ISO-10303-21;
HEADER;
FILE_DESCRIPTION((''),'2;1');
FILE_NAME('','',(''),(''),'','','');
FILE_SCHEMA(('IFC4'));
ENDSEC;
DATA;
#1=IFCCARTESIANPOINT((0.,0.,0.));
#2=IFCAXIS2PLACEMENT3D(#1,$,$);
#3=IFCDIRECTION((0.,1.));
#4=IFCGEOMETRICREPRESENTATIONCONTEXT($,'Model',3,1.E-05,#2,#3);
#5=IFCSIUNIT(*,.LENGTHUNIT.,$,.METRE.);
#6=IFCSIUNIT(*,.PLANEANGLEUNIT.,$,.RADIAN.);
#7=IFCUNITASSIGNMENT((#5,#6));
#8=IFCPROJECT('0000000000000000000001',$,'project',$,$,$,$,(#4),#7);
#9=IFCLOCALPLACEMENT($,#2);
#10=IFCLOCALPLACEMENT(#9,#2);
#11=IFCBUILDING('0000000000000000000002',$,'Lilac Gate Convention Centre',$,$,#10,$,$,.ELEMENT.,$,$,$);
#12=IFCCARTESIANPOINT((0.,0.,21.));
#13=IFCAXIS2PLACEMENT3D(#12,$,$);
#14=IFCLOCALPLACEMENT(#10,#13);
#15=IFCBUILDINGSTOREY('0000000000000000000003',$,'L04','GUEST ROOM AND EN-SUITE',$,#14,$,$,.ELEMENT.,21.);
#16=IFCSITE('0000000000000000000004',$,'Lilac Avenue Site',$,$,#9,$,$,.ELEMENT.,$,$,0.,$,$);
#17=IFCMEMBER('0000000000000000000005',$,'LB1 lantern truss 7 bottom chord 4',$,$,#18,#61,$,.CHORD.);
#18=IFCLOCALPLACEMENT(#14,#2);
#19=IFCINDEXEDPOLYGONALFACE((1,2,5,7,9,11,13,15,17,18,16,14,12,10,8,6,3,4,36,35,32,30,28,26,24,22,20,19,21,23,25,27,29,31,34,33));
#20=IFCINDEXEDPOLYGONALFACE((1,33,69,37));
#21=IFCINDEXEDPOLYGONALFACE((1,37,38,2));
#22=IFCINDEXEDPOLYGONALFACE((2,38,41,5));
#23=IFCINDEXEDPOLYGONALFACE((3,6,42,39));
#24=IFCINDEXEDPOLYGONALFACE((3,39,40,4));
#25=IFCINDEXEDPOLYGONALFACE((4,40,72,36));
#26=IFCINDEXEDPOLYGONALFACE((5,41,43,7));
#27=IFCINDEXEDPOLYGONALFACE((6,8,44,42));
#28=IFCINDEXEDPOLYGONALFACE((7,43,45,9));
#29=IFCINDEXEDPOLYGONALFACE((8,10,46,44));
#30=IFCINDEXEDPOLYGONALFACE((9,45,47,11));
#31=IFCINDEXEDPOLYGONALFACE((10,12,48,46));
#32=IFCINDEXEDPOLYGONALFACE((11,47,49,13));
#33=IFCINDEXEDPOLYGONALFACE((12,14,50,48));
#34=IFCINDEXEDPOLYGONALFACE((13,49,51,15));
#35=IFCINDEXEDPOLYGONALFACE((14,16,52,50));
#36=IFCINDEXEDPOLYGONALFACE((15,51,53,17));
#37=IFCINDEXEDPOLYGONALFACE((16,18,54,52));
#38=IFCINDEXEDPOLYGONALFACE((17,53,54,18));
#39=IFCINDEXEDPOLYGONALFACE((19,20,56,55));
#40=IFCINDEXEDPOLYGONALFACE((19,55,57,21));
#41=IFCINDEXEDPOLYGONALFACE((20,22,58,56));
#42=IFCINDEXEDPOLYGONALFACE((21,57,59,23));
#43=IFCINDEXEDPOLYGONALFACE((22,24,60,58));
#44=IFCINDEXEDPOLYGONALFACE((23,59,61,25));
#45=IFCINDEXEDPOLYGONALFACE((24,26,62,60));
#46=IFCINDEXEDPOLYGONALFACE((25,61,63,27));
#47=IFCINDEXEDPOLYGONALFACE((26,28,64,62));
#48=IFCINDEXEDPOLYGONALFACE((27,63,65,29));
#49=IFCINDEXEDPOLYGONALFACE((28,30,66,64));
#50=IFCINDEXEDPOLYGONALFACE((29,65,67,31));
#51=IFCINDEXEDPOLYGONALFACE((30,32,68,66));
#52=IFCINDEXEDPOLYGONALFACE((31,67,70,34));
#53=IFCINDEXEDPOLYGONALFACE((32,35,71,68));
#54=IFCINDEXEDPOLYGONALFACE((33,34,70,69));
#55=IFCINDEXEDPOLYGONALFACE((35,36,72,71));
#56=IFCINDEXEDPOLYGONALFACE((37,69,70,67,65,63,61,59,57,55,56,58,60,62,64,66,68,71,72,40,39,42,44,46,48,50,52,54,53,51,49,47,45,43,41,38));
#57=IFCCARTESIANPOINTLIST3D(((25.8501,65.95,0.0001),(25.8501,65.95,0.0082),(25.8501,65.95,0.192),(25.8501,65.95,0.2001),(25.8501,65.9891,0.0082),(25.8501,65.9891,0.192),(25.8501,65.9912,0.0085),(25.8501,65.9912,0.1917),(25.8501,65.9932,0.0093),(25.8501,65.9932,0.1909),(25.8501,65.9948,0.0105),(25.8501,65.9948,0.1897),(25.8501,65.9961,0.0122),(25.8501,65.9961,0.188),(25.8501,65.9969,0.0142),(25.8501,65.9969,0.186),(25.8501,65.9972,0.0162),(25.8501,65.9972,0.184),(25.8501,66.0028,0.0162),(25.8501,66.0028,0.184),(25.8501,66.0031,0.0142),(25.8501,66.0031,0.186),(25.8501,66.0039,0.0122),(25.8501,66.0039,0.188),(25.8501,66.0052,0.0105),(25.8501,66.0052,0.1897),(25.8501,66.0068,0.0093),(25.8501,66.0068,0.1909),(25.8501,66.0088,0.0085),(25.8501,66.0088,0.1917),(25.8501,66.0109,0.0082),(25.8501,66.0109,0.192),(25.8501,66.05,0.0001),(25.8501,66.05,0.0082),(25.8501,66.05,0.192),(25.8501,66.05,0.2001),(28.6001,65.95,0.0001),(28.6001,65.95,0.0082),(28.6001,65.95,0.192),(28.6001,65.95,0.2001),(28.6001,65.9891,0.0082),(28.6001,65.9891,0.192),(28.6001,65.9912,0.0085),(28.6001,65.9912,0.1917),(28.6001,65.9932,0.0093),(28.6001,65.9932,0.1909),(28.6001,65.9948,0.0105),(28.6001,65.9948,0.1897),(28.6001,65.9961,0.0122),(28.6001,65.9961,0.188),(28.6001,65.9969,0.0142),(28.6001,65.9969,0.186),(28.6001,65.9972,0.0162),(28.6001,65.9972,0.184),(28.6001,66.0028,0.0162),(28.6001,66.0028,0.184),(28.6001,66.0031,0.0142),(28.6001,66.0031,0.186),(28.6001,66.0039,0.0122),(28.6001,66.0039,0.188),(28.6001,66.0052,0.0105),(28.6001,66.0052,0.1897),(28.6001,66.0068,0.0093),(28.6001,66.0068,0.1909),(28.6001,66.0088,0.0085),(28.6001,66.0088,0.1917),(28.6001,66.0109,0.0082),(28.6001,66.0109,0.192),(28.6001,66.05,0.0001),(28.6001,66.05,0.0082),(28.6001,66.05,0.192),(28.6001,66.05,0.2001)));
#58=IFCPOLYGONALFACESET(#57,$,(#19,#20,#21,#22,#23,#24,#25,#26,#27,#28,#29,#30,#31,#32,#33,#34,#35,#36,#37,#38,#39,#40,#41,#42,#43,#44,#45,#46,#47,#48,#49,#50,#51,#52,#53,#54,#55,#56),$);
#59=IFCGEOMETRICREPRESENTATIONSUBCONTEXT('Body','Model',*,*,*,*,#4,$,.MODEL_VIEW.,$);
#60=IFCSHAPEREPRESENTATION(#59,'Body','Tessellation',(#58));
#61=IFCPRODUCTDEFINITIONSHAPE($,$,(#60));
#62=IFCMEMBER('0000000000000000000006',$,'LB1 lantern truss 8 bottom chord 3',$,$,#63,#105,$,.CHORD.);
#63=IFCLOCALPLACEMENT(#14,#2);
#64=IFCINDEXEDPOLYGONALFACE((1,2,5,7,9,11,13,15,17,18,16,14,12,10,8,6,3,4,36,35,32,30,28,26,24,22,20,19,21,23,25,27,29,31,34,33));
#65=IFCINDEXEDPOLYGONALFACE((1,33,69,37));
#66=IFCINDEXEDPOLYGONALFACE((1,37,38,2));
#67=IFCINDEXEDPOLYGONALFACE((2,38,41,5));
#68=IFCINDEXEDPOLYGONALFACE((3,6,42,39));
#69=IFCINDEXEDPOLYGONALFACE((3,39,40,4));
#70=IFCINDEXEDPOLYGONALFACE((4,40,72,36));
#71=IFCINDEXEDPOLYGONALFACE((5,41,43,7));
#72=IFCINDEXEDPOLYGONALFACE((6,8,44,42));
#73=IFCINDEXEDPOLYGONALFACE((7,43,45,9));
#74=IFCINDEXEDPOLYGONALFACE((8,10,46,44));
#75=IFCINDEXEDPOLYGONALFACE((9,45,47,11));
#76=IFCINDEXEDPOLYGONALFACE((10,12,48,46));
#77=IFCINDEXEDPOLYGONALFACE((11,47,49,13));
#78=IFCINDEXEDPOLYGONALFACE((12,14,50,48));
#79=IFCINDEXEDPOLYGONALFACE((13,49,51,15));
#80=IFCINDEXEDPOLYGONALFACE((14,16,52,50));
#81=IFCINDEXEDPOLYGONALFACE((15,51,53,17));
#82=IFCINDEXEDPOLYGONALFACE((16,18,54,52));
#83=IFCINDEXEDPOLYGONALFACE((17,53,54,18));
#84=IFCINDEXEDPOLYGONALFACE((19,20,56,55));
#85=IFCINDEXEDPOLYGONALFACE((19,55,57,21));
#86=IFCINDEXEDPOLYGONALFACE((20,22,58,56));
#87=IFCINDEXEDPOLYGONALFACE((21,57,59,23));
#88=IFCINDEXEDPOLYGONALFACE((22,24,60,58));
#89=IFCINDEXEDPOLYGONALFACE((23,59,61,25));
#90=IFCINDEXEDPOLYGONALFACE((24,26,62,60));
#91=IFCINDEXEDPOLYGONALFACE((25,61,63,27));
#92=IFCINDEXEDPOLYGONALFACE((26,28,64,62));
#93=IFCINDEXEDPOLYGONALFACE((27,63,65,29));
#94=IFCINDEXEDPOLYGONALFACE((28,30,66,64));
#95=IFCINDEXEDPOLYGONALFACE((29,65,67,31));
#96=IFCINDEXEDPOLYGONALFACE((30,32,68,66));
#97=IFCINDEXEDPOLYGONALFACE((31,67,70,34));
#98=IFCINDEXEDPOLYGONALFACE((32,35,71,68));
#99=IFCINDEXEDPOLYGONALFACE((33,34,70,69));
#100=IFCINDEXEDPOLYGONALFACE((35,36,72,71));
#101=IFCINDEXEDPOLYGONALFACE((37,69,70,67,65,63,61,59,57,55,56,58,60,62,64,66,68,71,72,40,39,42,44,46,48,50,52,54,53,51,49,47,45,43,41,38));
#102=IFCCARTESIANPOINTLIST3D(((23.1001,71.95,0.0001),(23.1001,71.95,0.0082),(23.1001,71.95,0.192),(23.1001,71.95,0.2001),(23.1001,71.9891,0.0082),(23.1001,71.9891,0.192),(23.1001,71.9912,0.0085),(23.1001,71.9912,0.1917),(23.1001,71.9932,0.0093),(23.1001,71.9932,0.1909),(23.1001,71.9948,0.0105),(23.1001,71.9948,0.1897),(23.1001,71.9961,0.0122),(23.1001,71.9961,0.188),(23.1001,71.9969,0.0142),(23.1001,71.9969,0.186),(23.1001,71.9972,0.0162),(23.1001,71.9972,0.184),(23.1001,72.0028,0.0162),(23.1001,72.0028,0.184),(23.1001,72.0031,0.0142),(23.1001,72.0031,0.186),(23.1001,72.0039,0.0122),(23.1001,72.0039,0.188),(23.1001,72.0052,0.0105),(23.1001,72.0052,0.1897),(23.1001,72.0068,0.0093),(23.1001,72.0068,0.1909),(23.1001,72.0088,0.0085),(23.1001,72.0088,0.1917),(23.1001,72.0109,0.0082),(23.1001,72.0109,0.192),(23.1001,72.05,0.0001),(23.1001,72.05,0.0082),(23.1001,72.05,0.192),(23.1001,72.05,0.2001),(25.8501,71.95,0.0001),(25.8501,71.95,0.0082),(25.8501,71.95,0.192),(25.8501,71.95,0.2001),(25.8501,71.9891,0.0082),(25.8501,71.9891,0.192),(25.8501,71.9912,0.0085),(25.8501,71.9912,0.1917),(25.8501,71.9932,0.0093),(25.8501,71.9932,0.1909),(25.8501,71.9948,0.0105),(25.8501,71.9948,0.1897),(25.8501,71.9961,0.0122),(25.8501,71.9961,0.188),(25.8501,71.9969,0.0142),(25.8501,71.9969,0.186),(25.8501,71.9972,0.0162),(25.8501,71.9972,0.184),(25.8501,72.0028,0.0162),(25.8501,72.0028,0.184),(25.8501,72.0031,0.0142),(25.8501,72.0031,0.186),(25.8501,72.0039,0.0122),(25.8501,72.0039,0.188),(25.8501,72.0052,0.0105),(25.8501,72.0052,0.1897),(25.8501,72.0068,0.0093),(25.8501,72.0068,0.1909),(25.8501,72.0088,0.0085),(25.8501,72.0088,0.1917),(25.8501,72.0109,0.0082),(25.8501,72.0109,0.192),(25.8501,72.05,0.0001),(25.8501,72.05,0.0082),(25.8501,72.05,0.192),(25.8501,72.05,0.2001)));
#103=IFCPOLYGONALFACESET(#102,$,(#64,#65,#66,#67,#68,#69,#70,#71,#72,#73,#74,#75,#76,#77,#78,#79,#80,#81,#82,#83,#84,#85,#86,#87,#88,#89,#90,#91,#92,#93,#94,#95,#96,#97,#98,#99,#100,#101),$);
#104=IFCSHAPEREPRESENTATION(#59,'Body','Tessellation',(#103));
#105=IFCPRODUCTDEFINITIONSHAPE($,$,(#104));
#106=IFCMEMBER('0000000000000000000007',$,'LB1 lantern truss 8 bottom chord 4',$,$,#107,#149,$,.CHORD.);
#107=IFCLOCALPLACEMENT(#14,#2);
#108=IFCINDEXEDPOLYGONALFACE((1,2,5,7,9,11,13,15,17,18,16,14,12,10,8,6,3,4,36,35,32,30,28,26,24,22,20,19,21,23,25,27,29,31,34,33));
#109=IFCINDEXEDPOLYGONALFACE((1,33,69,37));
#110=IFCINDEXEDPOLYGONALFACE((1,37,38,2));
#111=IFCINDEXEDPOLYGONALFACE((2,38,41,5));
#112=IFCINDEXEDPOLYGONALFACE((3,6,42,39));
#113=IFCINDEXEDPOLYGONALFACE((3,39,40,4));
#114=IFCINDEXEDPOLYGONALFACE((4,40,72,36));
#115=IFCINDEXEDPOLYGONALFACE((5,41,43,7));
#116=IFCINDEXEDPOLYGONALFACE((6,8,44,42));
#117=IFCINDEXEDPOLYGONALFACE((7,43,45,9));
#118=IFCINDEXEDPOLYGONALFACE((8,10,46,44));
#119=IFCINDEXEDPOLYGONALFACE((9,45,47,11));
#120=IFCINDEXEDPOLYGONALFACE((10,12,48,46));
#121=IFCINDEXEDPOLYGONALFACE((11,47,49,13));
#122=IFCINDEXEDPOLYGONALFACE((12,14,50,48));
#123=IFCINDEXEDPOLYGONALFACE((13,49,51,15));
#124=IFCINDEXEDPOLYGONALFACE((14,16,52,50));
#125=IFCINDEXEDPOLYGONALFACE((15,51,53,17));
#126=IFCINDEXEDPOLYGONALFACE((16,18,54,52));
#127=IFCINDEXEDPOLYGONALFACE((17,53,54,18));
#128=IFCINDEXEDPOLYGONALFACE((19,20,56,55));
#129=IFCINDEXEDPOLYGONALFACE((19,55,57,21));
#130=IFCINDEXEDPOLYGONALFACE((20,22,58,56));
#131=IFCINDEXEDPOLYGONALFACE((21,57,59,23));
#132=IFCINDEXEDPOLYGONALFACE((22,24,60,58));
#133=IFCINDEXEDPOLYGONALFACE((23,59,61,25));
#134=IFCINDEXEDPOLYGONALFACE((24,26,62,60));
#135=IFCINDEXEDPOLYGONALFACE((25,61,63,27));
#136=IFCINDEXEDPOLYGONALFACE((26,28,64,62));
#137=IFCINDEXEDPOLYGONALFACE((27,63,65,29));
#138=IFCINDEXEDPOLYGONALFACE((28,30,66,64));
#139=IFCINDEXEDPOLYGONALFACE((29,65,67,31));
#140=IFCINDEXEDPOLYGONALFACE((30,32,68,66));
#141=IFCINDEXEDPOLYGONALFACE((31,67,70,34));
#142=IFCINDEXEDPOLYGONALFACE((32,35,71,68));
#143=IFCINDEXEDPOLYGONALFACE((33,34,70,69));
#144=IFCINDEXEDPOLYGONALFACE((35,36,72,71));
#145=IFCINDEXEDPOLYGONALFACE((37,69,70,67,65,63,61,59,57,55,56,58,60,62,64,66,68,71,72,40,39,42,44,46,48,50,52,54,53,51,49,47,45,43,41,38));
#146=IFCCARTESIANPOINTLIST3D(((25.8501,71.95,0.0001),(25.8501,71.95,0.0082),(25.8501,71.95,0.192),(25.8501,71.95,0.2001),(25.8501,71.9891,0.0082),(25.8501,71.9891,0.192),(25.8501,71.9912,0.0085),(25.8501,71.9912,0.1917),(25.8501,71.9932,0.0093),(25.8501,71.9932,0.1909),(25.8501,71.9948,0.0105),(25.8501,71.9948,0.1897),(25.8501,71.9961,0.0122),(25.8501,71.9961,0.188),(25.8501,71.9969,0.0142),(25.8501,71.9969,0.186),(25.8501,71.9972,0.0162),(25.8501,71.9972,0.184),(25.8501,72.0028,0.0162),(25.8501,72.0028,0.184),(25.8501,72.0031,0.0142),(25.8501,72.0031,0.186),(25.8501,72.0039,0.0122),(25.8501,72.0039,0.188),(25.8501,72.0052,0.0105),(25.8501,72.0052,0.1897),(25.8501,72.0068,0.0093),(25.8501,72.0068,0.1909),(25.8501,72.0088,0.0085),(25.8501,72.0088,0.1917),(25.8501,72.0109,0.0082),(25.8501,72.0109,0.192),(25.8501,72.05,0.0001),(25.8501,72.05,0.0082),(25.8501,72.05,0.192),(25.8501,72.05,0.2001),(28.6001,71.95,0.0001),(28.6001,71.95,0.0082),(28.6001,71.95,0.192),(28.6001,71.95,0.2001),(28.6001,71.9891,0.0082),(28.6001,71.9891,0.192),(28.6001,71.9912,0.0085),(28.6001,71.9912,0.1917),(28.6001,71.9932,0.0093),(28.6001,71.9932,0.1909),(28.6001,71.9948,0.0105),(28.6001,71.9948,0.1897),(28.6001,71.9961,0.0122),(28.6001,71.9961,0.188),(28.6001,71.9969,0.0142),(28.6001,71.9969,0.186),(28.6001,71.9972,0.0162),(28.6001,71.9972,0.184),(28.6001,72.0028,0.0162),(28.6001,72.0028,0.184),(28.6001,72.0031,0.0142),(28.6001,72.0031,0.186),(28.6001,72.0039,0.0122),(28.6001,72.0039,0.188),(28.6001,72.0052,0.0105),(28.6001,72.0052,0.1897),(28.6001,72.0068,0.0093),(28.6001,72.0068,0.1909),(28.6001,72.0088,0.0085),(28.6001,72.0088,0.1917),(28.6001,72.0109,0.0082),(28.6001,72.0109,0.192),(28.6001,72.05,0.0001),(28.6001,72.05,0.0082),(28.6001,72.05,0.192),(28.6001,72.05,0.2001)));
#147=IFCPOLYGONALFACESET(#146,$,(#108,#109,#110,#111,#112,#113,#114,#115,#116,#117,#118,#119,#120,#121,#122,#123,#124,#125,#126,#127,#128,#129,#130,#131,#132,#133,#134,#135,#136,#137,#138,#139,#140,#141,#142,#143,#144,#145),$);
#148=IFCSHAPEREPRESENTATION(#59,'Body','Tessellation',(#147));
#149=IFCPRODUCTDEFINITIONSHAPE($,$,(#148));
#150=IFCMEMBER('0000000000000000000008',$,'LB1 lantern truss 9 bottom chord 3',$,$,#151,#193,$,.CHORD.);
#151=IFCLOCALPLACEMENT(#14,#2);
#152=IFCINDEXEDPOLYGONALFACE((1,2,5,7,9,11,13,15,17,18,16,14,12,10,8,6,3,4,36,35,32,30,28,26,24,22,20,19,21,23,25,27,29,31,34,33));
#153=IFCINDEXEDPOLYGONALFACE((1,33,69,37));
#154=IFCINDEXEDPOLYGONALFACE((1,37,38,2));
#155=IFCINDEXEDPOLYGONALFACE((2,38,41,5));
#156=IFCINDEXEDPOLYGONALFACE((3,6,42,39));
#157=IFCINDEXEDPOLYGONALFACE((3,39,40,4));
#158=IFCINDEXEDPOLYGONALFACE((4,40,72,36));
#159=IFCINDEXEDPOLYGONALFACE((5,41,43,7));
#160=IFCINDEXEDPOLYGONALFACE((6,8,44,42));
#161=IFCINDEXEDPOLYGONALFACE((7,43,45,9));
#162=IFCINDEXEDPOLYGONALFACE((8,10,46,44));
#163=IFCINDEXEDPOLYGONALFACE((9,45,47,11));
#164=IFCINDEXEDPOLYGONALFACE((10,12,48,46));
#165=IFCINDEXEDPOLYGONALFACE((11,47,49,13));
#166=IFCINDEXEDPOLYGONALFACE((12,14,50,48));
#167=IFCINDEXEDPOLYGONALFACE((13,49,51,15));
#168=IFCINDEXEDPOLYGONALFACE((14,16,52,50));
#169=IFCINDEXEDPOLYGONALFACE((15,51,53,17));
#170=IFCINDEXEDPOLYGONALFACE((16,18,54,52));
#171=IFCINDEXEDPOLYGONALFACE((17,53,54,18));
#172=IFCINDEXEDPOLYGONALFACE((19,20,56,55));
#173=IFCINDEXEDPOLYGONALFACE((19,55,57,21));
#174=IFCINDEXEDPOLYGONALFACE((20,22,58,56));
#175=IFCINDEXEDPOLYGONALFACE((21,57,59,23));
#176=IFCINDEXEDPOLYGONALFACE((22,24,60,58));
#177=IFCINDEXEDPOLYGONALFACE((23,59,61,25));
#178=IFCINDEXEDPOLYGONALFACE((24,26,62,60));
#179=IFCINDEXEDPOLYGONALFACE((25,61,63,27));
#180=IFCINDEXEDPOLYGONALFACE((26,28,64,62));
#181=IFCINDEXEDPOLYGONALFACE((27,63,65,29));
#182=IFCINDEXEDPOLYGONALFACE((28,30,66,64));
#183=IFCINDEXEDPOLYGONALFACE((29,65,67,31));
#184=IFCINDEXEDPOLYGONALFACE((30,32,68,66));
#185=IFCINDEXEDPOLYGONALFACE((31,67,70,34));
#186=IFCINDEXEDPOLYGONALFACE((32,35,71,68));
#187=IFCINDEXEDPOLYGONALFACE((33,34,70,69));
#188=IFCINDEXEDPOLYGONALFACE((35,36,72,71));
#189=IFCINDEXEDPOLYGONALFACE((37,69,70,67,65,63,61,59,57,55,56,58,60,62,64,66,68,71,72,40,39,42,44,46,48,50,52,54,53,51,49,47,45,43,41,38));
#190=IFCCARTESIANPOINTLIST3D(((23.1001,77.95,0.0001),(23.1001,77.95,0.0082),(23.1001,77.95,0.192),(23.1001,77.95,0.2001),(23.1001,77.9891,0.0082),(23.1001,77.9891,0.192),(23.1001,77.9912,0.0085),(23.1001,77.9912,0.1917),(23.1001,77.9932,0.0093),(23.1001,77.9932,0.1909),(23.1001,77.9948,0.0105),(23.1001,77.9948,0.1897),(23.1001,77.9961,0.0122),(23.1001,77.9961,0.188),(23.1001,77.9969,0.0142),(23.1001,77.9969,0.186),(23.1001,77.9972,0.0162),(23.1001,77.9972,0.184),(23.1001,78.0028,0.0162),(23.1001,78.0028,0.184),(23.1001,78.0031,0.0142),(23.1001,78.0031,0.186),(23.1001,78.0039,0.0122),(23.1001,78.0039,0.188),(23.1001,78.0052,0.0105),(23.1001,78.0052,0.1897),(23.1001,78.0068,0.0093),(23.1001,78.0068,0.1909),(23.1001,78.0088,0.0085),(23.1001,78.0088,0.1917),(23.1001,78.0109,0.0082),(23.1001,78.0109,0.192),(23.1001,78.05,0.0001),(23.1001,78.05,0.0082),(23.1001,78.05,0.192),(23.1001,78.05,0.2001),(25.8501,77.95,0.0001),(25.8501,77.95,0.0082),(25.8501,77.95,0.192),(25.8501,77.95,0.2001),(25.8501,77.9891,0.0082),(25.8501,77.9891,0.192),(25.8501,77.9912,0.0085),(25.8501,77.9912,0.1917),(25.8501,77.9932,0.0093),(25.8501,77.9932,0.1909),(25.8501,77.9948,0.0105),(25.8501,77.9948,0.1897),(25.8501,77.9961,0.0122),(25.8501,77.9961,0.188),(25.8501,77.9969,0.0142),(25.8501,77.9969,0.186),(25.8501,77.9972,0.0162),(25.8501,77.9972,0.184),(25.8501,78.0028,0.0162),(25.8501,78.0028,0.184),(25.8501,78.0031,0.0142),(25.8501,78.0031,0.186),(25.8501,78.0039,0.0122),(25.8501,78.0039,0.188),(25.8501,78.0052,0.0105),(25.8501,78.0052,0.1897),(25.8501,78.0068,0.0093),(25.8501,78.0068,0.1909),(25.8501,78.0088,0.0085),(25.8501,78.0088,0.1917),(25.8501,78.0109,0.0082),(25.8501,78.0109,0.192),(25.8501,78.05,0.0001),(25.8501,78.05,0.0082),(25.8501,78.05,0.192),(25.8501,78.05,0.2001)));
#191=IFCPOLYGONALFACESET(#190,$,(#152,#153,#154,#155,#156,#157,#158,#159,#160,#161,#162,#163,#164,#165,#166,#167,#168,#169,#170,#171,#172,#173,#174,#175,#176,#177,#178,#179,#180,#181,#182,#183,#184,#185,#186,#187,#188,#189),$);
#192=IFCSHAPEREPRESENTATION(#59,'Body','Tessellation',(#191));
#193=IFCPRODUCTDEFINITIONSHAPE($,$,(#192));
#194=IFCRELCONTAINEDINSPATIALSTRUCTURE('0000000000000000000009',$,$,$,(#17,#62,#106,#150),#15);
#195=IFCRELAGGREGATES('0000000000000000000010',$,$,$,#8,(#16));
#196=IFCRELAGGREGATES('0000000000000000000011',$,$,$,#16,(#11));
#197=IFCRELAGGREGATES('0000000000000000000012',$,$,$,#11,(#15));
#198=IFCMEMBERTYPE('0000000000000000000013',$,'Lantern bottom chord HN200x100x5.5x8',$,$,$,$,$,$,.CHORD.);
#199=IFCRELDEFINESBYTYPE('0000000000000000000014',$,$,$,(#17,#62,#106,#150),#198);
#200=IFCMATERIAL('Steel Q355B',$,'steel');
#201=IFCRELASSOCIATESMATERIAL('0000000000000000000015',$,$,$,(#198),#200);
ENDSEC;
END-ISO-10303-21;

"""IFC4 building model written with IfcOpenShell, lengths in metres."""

from ifc_helpers import new_model, si_unit, direction, frame, origin, origin_2d, place, context, subcontext, project, spatial, i_section, extrude, material, material_profile, profile_set, type_object, element, save


model = new_model("IFC4")

# Units and contexts
model_context = context("Model", 3, precision=1e-05, world=origin(), true_north=direction((0.0, 1.0)))
body_context = subcontext(model_context, "Body", "Model", "MODEL_VIEW")
ifc_project = project(units=[si_unit("LENGTHUNIT", "METRE"), si_unit("PLANEANGLEUNIT", "RADIAN")], contexts=[model_context])

# Site, building, storey
site_placement = place(None, origin())
site = spatial("IfcSite", under=ifc_project, at=site_placement, Name="Lilac Avenue Site", CompositionType="ELEMENT", RefElevation=0.0)
building_placement = place(site_placement, origin())
building = spatial("IfcBuilding", under=site, at=building_placement, Name="Lilac Gate Convention Centre", CompositionType="ELEMENT")
storey_placement = place(building_placement, frame((0.0, 0.0, 21.0)))
storey = spatial("IfcBuildingStorey", under=building, at=storey_placement, Name="L04", Description="GUEST ROOM AND EN-SUITE", CompositionType="ELEMENT", Elevation=21.0)

# Members
ifc_material_1 = material(Name="Steel Q355B", Category="steel")
ifc_material_profile_1 = material_profile(ifc_material_1, i_section(OverallWidth=0.1001, OverallDepth=0.2, WebThickness=0.0056, FlangeThickness=0.0081, FilletRadius=0.0081, at=origin_2d()), Name="HN200x100x5.5x8")
ifc_profile_set_1 = profile_set([ifc_material_profile_1], Name="Steel Q355B")
member_type_1 = type_object("IfcMemberType", Name="Lantern bottom chord HN200x100x5.5x8", PredefinedType="CHORD", material=ifc_profile_set_1)
for number, where, z_axis, x_axis, name in (
    (1, (25.8501, 66.0, 0.1001), (1.0, 0.0, 0.0), (0.0, 1.0, 0.0), "LB1 lantern truss 7 bottom chord 4"),
    (2, (23.1001, 72.0, 0.1001), (1.0, 0.0, 0.0), (0.0, 1.0, 0.0), "LB1 lantern truss 8 bottom chord 3"),
    (3, (25.8501, 72.0, 0.1001), (1.0, 0.0, 0.0), (0.0, 1.0, 0.0), "LB1 lantern truss 8 bottom chord 4"),
    (4, (23.1001, 78.0, 0.1001), (1.0, 0.0, 0.0), (0.0, 1.0, 0.0), "LB1 lantern truss 9 bottom chord 3"),
):
    element("IfcMember", number, at=place(storey_placement, frame(where, z_axis=z_axis, x_axis=x_axis)), inside=storey, type_object=member_type_1, Name=name, PredefinedType="CHORD", context=body_context, shape_type="SweptSolid", body=[
        extrude(i_section(OverallWidth=0.1001, OverallDepth=0.2, WebThickness=0.0056, FlangeThickness=0.0081, FilletRadius=0.0081, at=origin_2d()), origin(), (0.0, 0.0, 1.0), 2.75),
    ])

save(model, "model.ifc")
